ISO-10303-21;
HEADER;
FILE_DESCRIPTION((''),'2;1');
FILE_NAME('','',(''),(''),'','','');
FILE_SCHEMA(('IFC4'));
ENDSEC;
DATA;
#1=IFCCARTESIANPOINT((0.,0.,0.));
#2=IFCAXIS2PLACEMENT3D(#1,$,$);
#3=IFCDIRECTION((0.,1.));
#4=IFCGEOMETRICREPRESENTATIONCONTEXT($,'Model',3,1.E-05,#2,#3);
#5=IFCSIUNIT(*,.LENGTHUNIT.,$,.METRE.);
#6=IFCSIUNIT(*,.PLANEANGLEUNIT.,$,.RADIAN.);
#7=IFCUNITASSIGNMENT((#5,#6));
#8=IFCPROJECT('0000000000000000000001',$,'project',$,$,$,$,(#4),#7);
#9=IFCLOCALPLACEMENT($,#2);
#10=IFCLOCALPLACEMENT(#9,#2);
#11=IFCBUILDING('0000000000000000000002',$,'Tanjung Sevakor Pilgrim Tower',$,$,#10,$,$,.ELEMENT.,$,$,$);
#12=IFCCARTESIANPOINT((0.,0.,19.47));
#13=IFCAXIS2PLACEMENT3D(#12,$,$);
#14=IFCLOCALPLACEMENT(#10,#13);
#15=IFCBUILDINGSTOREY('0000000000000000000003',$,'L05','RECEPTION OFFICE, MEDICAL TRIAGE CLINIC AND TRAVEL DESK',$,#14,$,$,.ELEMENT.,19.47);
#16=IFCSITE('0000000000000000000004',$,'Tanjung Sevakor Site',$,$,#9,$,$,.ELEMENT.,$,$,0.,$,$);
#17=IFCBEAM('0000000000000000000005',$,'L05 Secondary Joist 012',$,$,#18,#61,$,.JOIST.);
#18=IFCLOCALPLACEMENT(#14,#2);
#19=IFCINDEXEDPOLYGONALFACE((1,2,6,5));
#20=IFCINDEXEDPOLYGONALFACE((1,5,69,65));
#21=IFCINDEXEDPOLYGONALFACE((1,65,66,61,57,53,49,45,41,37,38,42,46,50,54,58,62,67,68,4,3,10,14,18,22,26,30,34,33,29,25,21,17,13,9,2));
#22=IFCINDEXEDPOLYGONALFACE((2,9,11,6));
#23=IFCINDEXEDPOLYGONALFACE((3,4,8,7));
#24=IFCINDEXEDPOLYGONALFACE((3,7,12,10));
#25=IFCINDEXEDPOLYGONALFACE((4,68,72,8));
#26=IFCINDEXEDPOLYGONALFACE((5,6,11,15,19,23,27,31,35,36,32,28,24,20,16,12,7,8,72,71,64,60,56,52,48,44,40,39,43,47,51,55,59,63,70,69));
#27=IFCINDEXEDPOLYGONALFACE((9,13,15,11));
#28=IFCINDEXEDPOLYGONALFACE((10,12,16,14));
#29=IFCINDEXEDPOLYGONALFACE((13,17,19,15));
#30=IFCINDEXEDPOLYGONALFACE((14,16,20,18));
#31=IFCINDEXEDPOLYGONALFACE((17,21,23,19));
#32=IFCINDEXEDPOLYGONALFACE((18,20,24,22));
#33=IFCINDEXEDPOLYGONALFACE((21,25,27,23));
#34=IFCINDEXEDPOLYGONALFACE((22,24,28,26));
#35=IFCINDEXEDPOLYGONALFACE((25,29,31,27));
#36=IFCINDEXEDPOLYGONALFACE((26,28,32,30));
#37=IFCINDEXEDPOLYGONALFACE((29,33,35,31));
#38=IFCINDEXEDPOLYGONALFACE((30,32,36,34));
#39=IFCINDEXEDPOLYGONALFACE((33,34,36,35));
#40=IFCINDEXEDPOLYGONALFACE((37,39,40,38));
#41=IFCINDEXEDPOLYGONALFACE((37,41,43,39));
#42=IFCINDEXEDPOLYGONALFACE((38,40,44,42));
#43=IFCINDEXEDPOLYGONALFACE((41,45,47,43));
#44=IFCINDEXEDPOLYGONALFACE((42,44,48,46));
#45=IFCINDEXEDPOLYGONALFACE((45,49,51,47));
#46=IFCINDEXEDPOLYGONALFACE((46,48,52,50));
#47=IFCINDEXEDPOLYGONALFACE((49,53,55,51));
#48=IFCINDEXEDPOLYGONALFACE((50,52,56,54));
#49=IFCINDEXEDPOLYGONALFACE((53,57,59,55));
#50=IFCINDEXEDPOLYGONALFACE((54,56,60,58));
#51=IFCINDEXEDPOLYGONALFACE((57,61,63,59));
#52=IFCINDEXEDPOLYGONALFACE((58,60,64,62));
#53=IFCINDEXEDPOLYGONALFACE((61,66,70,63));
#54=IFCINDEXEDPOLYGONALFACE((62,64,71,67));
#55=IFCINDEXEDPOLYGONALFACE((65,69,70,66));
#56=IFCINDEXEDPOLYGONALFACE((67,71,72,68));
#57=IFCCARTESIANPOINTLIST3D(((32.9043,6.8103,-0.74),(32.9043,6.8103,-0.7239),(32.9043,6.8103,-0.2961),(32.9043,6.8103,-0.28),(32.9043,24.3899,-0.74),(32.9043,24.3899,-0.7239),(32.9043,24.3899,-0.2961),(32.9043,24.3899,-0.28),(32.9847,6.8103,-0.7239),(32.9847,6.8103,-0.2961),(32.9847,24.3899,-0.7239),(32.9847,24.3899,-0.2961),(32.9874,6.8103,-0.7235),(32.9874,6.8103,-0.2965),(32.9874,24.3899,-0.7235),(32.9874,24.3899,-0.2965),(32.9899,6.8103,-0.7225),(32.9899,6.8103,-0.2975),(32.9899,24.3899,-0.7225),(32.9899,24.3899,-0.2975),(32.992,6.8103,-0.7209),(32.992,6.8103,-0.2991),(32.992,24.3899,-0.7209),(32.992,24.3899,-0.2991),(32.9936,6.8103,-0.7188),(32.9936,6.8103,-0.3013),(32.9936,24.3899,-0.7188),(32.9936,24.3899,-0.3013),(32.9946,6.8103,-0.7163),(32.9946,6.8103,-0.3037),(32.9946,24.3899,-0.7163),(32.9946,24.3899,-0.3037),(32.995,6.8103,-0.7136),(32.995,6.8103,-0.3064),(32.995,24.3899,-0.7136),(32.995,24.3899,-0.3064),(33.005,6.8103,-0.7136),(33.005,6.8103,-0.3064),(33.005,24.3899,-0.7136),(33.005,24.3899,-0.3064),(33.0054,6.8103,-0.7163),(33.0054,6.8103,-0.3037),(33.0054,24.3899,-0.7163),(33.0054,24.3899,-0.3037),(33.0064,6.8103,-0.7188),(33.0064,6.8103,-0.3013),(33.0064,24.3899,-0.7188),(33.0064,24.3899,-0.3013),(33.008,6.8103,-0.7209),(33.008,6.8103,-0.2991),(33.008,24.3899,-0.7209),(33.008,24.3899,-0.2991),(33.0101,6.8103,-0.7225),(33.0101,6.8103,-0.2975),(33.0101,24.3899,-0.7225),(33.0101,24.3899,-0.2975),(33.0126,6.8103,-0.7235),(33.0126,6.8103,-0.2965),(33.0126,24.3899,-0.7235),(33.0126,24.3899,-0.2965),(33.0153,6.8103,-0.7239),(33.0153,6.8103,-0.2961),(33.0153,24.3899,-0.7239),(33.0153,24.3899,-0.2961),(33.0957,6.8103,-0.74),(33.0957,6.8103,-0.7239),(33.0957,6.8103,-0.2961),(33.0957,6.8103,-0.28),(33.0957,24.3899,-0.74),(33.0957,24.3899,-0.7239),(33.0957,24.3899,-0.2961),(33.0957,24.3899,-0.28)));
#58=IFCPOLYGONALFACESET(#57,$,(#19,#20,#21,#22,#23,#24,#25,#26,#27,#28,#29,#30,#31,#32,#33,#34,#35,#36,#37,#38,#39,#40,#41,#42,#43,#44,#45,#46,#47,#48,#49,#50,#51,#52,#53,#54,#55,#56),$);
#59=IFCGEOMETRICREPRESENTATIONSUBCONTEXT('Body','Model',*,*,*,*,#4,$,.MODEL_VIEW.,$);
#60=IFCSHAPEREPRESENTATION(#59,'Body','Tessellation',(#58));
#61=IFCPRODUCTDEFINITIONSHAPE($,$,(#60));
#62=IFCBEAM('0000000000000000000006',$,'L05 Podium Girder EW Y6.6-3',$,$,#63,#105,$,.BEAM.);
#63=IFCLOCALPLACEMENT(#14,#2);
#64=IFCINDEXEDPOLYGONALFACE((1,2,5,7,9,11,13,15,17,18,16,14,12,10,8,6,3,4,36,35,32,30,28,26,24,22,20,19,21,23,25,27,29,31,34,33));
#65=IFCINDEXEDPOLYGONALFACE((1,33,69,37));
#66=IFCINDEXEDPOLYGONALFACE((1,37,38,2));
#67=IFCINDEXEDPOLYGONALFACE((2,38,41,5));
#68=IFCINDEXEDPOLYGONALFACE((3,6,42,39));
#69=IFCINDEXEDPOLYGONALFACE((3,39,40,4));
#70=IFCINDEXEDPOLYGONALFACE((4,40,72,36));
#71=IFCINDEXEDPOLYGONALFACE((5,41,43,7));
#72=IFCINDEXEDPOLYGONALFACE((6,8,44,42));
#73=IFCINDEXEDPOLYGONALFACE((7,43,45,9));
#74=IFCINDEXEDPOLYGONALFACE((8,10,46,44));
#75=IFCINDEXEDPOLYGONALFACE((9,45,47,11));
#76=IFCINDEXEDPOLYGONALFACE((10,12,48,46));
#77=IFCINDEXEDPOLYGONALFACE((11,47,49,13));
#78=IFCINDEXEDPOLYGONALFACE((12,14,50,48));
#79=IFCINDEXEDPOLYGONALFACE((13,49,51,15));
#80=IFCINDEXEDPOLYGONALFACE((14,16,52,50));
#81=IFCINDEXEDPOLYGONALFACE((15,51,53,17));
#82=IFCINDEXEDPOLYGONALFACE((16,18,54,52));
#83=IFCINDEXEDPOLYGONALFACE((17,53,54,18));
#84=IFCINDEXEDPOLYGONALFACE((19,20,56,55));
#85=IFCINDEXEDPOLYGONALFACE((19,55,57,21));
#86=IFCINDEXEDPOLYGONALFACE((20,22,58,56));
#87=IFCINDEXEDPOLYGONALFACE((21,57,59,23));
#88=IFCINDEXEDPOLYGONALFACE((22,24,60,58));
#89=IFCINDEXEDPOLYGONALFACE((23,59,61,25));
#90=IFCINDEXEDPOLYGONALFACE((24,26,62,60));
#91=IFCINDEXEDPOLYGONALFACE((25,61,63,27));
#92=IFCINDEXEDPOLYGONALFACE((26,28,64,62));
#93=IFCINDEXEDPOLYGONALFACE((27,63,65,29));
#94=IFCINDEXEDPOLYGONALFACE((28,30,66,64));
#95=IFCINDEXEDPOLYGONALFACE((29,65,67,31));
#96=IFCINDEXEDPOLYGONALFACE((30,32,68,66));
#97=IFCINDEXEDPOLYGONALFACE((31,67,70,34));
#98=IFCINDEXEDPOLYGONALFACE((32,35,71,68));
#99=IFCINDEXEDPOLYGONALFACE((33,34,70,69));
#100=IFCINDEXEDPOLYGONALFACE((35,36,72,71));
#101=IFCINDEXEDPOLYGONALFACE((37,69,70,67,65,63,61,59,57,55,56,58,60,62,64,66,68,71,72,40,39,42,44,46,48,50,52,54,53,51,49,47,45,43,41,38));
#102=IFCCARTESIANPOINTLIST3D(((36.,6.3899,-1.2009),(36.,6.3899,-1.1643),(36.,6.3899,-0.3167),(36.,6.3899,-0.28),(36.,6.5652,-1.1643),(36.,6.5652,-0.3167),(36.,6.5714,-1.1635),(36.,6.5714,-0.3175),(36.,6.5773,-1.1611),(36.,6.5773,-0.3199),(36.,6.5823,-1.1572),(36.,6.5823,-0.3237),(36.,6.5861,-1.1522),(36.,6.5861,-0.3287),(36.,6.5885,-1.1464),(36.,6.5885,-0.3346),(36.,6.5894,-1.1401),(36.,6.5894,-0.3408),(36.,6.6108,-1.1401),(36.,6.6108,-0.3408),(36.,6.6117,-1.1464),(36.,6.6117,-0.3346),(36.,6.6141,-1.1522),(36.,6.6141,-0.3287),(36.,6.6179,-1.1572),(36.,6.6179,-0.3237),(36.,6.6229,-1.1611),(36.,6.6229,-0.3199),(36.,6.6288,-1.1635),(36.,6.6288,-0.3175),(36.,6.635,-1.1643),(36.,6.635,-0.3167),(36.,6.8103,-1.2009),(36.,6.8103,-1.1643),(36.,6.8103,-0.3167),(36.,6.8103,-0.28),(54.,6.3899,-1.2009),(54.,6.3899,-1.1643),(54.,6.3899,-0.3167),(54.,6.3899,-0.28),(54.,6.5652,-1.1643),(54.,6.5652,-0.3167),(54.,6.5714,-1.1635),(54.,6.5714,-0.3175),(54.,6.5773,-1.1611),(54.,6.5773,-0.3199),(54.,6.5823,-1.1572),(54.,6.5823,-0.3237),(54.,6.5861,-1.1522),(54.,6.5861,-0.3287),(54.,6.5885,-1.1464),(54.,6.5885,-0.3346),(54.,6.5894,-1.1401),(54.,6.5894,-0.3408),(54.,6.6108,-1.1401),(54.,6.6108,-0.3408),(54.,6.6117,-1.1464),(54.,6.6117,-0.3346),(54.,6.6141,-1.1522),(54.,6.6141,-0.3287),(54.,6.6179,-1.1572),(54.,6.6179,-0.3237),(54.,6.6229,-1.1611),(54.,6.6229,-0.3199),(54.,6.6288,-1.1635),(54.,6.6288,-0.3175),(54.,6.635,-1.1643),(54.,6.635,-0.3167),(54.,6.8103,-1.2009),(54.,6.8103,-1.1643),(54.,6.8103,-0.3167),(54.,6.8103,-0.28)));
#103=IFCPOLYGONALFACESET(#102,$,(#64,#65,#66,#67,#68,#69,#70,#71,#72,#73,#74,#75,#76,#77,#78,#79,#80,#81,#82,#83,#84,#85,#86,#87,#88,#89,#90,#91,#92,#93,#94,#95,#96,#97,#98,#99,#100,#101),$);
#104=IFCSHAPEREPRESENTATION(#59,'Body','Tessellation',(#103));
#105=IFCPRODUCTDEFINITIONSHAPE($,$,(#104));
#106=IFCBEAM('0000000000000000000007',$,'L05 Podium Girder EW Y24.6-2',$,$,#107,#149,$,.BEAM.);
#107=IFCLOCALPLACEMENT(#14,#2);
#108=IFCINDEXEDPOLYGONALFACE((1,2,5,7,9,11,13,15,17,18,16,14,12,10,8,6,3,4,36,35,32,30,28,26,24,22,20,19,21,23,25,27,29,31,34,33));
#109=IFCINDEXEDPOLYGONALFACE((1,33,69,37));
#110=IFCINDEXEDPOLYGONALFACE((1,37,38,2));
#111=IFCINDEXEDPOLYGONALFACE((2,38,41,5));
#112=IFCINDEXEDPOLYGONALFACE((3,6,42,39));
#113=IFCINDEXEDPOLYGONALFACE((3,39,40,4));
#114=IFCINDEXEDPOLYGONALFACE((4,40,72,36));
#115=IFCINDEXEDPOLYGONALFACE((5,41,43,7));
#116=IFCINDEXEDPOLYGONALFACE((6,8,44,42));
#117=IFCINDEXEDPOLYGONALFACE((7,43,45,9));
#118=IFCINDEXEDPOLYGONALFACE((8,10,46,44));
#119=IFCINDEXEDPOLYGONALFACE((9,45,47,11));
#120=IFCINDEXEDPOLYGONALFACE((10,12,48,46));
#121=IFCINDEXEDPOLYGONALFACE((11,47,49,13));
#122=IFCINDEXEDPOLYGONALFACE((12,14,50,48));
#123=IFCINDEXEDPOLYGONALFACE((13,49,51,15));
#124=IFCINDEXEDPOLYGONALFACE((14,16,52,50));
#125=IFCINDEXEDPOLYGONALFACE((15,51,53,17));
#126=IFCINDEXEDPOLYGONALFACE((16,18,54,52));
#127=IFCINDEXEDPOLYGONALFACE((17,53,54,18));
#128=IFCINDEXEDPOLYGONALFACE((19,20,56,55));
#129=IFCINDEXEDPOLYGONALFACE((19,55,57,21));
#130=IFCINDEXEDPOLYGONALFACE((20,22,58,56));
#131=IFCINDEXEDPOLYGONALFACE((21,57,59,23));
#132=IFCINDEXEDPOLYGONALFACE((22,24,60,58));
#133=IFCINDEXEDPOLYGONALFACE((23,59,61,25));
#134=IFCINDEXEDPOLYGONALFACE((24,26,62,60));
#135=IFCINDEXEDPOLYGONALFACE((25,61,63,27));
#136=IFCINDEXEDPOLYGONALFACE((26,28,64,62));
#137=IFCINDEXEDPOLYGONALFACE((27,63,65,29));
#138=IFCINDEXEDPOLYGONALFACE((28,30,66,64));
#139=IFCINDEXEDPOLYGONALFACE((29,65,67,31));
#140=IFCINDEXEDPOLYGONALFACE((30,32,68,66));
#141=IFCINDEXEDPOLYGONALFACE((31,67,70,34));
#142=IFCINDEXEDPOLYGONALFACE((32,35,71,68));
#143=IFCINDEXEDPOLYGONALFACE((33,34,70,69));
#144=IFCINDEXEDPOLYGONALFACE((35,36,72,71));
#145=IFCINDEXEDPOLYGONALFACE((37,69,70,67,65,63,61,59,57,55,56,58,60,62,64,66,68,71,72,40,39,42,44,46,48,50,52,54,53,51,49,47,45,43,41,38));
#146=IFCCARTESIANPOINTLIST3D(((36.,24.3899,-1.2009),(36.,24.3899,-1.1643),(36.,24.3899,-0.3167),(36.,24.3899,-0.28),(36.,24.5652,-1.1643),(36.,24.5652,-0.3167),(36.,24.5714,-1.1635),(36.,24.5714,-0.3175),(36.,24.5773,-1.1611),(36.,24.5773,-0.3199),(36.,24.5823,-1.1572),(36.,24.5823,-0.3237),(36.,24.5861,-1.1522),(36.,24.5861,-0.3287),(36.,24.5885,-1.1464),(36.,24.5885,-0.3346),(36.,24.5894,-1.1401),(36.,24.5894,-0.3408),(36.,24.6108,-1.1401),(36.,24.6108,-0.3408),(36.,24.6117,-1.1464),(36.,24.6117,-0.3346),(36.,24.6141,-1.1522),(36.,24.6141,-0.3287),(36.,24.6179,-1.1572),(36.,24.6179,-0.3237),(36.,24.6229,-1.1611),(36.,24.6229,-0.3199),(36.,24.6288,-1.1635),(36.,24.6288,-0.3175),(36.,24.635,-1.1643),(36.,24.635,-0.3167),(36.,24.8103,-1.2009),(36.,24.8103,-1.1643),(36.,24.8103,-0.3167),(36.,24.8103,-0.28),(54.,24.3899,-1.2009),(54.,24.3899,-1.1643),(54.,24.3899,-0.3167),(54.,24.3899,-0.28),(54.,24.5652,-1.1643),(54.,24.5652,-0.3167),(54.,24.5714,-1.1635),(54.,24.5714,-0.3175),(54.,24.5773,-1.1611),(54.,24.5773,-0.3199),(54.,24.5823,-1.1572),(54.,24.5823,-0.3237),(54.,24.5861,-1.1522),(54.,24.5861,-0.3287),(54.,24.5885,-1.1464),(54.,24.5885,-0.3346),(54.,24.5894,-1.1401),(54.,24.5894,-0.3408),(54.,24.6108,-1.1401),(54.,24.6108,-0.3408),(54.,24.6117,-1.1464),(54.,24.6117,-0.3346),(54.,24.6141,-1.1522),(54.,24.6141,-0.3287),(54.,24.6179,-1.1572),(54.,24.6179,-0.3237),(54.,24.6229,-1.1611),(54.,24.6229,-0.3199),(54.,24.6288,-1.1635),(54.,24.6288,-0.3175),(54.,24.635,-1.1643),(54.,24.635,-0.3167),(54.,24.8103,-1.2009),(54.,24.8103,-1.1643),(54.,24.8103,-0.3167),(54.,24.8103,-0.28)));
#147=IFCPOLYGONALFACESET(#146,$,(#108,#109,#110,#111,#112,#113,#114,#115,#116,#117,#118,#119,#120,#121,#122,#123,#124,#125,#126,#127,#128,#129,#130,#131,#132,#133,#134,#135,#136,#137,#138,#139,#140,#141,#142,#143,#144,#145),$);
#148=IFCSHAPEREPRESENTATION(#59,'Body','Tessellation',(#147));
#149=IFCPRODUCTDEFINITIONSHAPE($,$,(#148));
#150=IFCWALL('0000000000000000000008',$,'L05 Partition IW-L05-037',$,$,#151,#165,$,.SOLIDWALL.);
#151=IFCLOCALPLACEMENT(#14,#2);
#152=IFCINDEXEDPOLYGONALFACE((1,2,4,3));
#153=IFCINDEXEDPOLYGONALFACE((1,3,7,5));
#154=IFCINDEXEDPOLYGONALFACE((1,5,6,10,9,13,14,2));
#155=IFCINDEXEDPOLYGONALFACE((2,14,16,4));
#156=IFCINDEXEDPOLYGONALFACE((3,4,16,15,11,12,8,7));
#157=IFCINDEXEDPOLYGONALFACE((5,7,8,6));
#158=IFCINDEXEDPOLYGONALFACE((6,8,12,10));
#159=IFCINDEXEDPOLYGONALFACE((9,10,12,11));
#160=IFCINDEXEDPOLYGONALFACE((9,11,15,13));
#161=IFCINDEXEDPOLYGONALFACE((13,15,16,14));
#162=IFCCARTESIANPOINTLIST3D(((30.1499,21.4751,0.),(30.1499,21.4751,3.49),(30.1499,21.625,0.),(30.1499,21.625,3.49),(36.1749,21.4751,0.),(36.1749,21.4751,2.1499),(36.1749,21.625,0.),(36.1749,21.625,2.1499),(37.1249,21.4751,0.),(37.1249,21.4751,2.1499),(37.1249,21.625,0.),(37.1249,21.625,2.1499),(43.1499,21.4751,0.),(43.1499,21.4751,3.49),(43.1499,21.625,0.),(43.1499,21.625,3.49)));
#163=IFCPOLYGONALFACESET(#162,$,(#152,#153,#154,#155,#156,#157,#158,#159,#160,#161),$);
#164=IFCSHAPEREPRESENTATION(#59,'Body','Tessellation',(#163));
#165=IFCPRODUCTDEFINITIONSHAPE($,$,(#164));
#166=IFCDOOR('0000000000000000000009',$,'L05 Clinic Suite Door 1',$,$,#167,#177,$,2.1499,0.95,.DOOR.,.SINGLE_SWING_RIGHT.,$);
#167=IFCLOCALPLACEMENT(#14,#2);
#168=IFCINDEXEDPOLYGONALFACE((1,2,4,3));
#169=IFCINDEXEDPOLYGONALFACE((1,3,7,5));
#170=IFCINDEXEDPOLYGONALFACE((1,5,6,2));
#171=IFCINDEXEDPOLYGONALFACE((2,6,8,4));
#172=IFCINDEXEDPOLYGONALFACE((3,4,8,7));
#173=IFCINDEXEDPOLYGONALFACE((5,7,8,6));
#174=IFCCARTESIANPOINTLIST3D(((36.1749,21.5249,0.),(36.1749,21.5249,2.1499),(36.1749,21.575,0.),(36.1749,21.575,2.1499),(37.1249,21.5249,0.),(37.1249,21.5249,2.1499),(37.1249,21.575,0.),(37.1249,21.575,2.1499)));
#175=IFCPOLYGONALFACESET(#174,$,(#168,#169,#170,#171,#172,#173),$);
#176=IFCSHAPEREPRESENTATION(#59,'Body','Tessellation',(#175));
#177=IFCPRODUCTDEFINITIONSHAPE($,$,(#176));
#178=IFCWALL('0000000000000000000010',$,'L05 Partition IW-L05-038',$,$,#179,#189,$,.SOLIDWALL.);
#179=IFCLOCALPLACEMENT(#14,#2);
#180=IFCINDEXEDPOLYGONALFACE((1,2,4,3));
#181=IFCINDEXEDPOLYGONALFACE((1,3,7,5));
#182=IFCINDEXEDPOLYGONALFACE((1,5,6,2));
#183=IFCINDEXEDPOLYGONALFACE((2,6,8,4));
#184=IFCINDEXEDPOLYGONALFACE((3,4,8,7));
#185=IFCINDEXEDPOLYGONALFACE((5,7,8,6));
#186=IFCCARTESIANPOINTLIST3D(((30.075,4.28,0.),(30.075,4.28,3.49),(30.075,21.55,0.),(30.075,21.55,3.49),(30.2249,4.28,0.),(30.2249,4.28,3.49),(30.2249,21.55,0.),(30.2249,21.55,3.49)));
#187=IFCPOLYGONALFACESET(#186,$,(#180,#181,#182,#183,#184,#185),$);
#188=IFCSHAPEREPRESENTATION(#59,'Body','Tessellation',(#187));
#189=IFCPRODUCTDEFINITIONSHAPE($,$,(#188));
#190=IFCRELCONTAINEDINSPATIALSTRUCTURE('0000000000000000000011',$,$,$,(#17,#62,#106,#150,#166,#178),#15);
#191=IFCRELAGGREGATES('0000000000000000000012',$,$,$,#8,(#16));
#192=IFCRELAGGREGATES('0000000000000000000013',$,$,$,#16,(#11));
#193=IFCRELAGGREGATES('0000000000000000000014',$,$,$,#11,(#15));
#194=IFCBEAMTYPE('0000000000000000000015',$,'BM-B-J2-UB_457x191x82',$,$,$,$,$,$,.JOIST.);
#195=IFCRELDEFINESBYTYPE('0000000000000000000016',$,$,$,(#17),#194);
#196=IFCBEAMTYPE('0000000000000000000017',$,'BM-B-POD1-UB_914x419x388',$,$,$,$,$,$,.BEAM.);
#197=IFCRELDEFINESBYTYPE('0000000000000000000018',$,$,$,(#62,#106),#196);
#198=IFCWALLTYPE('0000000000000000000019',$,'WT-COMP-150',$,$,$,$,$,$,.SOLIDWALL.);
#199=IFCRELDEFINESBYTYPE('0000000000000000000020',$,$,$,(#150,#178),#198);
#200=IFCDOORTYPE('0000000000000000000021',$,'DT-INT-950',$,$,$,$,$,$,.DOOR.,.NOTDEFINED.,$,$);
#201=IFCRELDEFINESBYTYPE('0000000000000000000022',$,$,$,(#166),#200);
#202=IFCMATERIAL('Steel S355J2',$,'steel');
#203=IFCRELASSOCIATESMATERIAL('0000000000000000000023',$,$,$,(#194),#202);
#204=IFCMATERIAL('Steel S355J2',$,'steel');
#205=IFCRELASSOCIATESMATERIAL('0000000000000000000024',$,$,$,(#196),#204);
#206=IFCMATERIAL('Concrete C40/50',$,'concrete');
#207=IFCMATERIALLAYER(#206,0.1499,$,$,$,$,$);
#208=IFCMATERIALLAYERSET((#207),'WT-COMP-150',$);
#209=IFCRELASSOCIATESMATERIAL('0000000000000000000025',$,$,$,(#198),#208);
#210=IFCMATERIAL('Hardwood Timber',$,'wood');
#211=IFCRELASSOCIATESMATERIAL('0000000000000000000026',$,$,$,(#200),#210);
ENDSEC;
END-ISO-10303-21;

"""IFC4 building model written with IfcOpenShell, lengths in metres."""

from ifc_helpers import new_model, si_unit, direction, frame, frame_2d, origin, origin_2d, place, context, subcontext, project, spatial, rectangle, i_section, extrude, material, layer, layer_set, material_profile, profile_set, type_object, element, fill, save


model = new_model("IFC4")

# Units and contexts
model_context = context("Model", 3, precision=1e-05, world=origin(), true_north=direction((0.0, 1.0)))
body_context = subcontext(model_context, "Body", "Model", "MODEL_VIEW")
ifc_project = project(units=[si_unit("LENGTHUNIT", "METRE"), si_unit("PLANEANGLEUNIT", "RADIAN")], contexts=[model_context])

# Site, building, storey
site_placement = place(None, origin())
site = spatial("IfcSite", under=ifc_project, at=site_placement, Name="Tanjung Sevakor Site", CompositionType="ELEMENT", RefElevation=0.0)
building_placement = place(site_placement, origin())
building = spatial("IfcBuilding", under=site, at=building_placement, Name="Tanjung Sevakor Pilgrim Tower", CompositionType="ELEMENT")
storey_placement = place(building_placement, frame((0.0, 0.0, 19.47)))
storey = spatial("IfcBuildingStorey", under=building, at=storey_placement, Name="L05", Description="RECEPTION OFFICE, MEDICAL TRIAGE CLINIC AND TRAVEL DESK", CompositionType="ELEMENT", Elevation=19.47)

# Beams
ifc_material_1 = material(Name="Steel S355J2", Category="steel")
ifc_material_profile_1 = material_profile(ifc_material_1, i_section(OverallWidth=0.1914, OverallDepth=0.46, WebThickness=0.01, FlangeThickness=0.0161, FilletRadius=0.0103, at=origin_2d()))
ifc_profile_set_1 = profile_set([ifc_material_profile_1], Name="Steel S355J2")
beam_type_1 = type_object("IfcBeamType", Name="BM-B-J2-UB_457x191x82", PredefinedType="JOIST", material=ifc_profile_set_1)
for number, where, z_axis, x_axis, name in (
    (1, (33.0, 6.8103, -0.51), (0.0, 1.0, 0.0), (-1.0, 0.0, 0.0), "L05 Secondary Joist 012"),
):
    element("IfcBeam", number, at=place(storey_placement, frame(where, z_axis=z_axis, x_axis=x_axis)), inside=storey, type_object=beam_type_1, Name=name, PredefinedType="JOIST", context=body_context, shape_type="SweptSolid", body=[
        extrude(i_section(OverallWidth=0.1914, OverallDepth=0.46, WebThickness=0.01, FlangeThickness=0.0161, FilletRadius=0.0103, at=origin_2d()), origin(), (0.0, 0.0, 1.0), 17.5796),
    ])
ifc_material_2 = material(Name="Steel S355J2", Category="steel")
ifc_material_profile_2 = material_profile(ifc_material_2, i_section(OverallWidth=0.4204, OverallDepth=0.9209, WebThickness=0.0215, FlangeThickness=0.0366, FilletRadius=0.0242, at=origin_2d()))
ifc_profile_set_2 = profile_set([ifc_material_profile_2], Name="Steel S355J2")
beam_type_2 = type_object("IfcBeamType", Name="BM-B-POD1-UB_914x419x388", PredefinedType="BEAM", material=ifc_profile_set_2)
for number, where, z_axis, x_axis, name in (
    (2, (36.0, 6.6001, -0.7405), (1.0, 0.0, 0.0), (0.0, 1.0, 0.0), "L05 Podium Girder EW Y6.6-3"),
    (3, (36.0, 24.6001, -0.7405), (1.0, 0.0, 0.0), (0.0, 1.0, 0.0), "L05 Podium Girder EW Y24.6-2"),
):
    element("IfcBeam", number, at=place(storey_placement, frame(where, z_axis=z_axis, x_axis=x_axis)), inside=storey, type_object=beam_type_2, Name=name, PredefinedType="BEAM", context=body_context, shape_type="SweptSolid", body=[
        extrude(i_section(OverallWidth=0.4204, OverallDepth=0.9209, WebThickness=0.0215, FlangeThickness=0.0366, FilletRadius=0.0242, at=origin_2d()), origin(), (0.0, 0.0, 1.0), 18.0),
    ])

# Wall, opening, door
ifc_material_3 = material(Name="Concrete C40/50", Category="concrete")
ifc_layer_1 = layer(ifc_material_3, 0.1499)
ifc_layer_set_1 = layer_set([ifc_layer_1], Name="WT-COMP-150")
wall_type_1 = type_object("IfcWallType", Name="WT-COMP-150", PredefinedType="SOLIDWALL", material=ifc_layer_set_1)
wall_1_placement = place(storey_placement, frame((30.1499, 21.55, 0.0), z_axis=(0.0, 0.0, 1.0), x_axis=(1.0, 0.0, 0.0)))
wall_1 = element("IfcWall", 4, at=wall_1_placement, inside=storey, type_object=wall_type_1, Name="L05 Partition IW-L05-037", PredefinedType="SOLIDWALL", context=body_context, shape_type="SweptSolid", body=[
    extrude(rectangle(XDim=13.0, YDim=0.1499, at=frame_2d((6.5, 0.0))), origin(), (0.0, 0.0, 1.0), 3.49),
])
opening_1_placement = place(wall_1_placement, frame((6.0249, 0.0, 0.0)))
opening_1 = element("IfcOpeningElement", 5, at=opening_1_placement, cuts=wall_1, PredefinedType="OPENING", context=body_context, shape_type="SweptSolid", body=[
    extrude(rectangle(XDim=0.95, YDim=2.1499, at=frame_2d((0.4751, 1.075))), frame((0.0, 0.085, 0.0), z_axis=(0.0, -1.0, 0.0), x_axis=(1.0, 0.0, 0.0)), (0.0, 0.0, 1.0), 0.1699),
])
ifc_material_4 = material(Name="Hardwood Timber", Category="wood")
door_type_1 = type_object("IfcDoorType", Name="DT-INT-950", OperationType="NOTDEFINED", PredefinedType="DOOR", material=ifc_material_4)
door_1_placement = place(opening_1_placement, origin())
door_1 = element("IfcDoor", 6, at=door_1_placement, inside=storey, type_object=door_type_1, Name="L05 Clinic Suite Door 1", OperationType="SINGLE_SWING_RIGHT", OverallHeight=2.1499, OverallWidth=0.95, PredefinedType="DOOR", context=body_context, shape_type="SweptSolid", body=[
    extrude(rectangle(XDim=0.95, YDim=2.1499, at=frame_2d((0.4751, 1.075))), frame((0.0, 0.0249, 0.0), z_axis=(0.0, -1.0, 0.0), x_axis=(1.0, 0.0, 0.0)), (0.0, 0.0, 1.0), 0.05),
])
fill(opening_1, door_1)

# Wall
wall_2_placement = place(storey_placement, frame((30.1499, 4.28, 0.0), z_axis=(0.0, 0.0, 1.0), x_axis=(0.0, 1.0, 0.0)))
element("IfcWall", 7, at=wall_2_placement, inside=storey, type_object=wall_type_1, Name="L05 Partition IW-L05-038", PredefinedType="SOLIDWALL", context=body_context, shape_type="SweptSolid", body=[
    extrude(rectangle(XDim=17.27, YDim=0.1499, at=frame_2d((8.635, 0.0))), origin(), (0.0, 0.0, 1.0), 3.49),
])

save(model, "model.ifc")
